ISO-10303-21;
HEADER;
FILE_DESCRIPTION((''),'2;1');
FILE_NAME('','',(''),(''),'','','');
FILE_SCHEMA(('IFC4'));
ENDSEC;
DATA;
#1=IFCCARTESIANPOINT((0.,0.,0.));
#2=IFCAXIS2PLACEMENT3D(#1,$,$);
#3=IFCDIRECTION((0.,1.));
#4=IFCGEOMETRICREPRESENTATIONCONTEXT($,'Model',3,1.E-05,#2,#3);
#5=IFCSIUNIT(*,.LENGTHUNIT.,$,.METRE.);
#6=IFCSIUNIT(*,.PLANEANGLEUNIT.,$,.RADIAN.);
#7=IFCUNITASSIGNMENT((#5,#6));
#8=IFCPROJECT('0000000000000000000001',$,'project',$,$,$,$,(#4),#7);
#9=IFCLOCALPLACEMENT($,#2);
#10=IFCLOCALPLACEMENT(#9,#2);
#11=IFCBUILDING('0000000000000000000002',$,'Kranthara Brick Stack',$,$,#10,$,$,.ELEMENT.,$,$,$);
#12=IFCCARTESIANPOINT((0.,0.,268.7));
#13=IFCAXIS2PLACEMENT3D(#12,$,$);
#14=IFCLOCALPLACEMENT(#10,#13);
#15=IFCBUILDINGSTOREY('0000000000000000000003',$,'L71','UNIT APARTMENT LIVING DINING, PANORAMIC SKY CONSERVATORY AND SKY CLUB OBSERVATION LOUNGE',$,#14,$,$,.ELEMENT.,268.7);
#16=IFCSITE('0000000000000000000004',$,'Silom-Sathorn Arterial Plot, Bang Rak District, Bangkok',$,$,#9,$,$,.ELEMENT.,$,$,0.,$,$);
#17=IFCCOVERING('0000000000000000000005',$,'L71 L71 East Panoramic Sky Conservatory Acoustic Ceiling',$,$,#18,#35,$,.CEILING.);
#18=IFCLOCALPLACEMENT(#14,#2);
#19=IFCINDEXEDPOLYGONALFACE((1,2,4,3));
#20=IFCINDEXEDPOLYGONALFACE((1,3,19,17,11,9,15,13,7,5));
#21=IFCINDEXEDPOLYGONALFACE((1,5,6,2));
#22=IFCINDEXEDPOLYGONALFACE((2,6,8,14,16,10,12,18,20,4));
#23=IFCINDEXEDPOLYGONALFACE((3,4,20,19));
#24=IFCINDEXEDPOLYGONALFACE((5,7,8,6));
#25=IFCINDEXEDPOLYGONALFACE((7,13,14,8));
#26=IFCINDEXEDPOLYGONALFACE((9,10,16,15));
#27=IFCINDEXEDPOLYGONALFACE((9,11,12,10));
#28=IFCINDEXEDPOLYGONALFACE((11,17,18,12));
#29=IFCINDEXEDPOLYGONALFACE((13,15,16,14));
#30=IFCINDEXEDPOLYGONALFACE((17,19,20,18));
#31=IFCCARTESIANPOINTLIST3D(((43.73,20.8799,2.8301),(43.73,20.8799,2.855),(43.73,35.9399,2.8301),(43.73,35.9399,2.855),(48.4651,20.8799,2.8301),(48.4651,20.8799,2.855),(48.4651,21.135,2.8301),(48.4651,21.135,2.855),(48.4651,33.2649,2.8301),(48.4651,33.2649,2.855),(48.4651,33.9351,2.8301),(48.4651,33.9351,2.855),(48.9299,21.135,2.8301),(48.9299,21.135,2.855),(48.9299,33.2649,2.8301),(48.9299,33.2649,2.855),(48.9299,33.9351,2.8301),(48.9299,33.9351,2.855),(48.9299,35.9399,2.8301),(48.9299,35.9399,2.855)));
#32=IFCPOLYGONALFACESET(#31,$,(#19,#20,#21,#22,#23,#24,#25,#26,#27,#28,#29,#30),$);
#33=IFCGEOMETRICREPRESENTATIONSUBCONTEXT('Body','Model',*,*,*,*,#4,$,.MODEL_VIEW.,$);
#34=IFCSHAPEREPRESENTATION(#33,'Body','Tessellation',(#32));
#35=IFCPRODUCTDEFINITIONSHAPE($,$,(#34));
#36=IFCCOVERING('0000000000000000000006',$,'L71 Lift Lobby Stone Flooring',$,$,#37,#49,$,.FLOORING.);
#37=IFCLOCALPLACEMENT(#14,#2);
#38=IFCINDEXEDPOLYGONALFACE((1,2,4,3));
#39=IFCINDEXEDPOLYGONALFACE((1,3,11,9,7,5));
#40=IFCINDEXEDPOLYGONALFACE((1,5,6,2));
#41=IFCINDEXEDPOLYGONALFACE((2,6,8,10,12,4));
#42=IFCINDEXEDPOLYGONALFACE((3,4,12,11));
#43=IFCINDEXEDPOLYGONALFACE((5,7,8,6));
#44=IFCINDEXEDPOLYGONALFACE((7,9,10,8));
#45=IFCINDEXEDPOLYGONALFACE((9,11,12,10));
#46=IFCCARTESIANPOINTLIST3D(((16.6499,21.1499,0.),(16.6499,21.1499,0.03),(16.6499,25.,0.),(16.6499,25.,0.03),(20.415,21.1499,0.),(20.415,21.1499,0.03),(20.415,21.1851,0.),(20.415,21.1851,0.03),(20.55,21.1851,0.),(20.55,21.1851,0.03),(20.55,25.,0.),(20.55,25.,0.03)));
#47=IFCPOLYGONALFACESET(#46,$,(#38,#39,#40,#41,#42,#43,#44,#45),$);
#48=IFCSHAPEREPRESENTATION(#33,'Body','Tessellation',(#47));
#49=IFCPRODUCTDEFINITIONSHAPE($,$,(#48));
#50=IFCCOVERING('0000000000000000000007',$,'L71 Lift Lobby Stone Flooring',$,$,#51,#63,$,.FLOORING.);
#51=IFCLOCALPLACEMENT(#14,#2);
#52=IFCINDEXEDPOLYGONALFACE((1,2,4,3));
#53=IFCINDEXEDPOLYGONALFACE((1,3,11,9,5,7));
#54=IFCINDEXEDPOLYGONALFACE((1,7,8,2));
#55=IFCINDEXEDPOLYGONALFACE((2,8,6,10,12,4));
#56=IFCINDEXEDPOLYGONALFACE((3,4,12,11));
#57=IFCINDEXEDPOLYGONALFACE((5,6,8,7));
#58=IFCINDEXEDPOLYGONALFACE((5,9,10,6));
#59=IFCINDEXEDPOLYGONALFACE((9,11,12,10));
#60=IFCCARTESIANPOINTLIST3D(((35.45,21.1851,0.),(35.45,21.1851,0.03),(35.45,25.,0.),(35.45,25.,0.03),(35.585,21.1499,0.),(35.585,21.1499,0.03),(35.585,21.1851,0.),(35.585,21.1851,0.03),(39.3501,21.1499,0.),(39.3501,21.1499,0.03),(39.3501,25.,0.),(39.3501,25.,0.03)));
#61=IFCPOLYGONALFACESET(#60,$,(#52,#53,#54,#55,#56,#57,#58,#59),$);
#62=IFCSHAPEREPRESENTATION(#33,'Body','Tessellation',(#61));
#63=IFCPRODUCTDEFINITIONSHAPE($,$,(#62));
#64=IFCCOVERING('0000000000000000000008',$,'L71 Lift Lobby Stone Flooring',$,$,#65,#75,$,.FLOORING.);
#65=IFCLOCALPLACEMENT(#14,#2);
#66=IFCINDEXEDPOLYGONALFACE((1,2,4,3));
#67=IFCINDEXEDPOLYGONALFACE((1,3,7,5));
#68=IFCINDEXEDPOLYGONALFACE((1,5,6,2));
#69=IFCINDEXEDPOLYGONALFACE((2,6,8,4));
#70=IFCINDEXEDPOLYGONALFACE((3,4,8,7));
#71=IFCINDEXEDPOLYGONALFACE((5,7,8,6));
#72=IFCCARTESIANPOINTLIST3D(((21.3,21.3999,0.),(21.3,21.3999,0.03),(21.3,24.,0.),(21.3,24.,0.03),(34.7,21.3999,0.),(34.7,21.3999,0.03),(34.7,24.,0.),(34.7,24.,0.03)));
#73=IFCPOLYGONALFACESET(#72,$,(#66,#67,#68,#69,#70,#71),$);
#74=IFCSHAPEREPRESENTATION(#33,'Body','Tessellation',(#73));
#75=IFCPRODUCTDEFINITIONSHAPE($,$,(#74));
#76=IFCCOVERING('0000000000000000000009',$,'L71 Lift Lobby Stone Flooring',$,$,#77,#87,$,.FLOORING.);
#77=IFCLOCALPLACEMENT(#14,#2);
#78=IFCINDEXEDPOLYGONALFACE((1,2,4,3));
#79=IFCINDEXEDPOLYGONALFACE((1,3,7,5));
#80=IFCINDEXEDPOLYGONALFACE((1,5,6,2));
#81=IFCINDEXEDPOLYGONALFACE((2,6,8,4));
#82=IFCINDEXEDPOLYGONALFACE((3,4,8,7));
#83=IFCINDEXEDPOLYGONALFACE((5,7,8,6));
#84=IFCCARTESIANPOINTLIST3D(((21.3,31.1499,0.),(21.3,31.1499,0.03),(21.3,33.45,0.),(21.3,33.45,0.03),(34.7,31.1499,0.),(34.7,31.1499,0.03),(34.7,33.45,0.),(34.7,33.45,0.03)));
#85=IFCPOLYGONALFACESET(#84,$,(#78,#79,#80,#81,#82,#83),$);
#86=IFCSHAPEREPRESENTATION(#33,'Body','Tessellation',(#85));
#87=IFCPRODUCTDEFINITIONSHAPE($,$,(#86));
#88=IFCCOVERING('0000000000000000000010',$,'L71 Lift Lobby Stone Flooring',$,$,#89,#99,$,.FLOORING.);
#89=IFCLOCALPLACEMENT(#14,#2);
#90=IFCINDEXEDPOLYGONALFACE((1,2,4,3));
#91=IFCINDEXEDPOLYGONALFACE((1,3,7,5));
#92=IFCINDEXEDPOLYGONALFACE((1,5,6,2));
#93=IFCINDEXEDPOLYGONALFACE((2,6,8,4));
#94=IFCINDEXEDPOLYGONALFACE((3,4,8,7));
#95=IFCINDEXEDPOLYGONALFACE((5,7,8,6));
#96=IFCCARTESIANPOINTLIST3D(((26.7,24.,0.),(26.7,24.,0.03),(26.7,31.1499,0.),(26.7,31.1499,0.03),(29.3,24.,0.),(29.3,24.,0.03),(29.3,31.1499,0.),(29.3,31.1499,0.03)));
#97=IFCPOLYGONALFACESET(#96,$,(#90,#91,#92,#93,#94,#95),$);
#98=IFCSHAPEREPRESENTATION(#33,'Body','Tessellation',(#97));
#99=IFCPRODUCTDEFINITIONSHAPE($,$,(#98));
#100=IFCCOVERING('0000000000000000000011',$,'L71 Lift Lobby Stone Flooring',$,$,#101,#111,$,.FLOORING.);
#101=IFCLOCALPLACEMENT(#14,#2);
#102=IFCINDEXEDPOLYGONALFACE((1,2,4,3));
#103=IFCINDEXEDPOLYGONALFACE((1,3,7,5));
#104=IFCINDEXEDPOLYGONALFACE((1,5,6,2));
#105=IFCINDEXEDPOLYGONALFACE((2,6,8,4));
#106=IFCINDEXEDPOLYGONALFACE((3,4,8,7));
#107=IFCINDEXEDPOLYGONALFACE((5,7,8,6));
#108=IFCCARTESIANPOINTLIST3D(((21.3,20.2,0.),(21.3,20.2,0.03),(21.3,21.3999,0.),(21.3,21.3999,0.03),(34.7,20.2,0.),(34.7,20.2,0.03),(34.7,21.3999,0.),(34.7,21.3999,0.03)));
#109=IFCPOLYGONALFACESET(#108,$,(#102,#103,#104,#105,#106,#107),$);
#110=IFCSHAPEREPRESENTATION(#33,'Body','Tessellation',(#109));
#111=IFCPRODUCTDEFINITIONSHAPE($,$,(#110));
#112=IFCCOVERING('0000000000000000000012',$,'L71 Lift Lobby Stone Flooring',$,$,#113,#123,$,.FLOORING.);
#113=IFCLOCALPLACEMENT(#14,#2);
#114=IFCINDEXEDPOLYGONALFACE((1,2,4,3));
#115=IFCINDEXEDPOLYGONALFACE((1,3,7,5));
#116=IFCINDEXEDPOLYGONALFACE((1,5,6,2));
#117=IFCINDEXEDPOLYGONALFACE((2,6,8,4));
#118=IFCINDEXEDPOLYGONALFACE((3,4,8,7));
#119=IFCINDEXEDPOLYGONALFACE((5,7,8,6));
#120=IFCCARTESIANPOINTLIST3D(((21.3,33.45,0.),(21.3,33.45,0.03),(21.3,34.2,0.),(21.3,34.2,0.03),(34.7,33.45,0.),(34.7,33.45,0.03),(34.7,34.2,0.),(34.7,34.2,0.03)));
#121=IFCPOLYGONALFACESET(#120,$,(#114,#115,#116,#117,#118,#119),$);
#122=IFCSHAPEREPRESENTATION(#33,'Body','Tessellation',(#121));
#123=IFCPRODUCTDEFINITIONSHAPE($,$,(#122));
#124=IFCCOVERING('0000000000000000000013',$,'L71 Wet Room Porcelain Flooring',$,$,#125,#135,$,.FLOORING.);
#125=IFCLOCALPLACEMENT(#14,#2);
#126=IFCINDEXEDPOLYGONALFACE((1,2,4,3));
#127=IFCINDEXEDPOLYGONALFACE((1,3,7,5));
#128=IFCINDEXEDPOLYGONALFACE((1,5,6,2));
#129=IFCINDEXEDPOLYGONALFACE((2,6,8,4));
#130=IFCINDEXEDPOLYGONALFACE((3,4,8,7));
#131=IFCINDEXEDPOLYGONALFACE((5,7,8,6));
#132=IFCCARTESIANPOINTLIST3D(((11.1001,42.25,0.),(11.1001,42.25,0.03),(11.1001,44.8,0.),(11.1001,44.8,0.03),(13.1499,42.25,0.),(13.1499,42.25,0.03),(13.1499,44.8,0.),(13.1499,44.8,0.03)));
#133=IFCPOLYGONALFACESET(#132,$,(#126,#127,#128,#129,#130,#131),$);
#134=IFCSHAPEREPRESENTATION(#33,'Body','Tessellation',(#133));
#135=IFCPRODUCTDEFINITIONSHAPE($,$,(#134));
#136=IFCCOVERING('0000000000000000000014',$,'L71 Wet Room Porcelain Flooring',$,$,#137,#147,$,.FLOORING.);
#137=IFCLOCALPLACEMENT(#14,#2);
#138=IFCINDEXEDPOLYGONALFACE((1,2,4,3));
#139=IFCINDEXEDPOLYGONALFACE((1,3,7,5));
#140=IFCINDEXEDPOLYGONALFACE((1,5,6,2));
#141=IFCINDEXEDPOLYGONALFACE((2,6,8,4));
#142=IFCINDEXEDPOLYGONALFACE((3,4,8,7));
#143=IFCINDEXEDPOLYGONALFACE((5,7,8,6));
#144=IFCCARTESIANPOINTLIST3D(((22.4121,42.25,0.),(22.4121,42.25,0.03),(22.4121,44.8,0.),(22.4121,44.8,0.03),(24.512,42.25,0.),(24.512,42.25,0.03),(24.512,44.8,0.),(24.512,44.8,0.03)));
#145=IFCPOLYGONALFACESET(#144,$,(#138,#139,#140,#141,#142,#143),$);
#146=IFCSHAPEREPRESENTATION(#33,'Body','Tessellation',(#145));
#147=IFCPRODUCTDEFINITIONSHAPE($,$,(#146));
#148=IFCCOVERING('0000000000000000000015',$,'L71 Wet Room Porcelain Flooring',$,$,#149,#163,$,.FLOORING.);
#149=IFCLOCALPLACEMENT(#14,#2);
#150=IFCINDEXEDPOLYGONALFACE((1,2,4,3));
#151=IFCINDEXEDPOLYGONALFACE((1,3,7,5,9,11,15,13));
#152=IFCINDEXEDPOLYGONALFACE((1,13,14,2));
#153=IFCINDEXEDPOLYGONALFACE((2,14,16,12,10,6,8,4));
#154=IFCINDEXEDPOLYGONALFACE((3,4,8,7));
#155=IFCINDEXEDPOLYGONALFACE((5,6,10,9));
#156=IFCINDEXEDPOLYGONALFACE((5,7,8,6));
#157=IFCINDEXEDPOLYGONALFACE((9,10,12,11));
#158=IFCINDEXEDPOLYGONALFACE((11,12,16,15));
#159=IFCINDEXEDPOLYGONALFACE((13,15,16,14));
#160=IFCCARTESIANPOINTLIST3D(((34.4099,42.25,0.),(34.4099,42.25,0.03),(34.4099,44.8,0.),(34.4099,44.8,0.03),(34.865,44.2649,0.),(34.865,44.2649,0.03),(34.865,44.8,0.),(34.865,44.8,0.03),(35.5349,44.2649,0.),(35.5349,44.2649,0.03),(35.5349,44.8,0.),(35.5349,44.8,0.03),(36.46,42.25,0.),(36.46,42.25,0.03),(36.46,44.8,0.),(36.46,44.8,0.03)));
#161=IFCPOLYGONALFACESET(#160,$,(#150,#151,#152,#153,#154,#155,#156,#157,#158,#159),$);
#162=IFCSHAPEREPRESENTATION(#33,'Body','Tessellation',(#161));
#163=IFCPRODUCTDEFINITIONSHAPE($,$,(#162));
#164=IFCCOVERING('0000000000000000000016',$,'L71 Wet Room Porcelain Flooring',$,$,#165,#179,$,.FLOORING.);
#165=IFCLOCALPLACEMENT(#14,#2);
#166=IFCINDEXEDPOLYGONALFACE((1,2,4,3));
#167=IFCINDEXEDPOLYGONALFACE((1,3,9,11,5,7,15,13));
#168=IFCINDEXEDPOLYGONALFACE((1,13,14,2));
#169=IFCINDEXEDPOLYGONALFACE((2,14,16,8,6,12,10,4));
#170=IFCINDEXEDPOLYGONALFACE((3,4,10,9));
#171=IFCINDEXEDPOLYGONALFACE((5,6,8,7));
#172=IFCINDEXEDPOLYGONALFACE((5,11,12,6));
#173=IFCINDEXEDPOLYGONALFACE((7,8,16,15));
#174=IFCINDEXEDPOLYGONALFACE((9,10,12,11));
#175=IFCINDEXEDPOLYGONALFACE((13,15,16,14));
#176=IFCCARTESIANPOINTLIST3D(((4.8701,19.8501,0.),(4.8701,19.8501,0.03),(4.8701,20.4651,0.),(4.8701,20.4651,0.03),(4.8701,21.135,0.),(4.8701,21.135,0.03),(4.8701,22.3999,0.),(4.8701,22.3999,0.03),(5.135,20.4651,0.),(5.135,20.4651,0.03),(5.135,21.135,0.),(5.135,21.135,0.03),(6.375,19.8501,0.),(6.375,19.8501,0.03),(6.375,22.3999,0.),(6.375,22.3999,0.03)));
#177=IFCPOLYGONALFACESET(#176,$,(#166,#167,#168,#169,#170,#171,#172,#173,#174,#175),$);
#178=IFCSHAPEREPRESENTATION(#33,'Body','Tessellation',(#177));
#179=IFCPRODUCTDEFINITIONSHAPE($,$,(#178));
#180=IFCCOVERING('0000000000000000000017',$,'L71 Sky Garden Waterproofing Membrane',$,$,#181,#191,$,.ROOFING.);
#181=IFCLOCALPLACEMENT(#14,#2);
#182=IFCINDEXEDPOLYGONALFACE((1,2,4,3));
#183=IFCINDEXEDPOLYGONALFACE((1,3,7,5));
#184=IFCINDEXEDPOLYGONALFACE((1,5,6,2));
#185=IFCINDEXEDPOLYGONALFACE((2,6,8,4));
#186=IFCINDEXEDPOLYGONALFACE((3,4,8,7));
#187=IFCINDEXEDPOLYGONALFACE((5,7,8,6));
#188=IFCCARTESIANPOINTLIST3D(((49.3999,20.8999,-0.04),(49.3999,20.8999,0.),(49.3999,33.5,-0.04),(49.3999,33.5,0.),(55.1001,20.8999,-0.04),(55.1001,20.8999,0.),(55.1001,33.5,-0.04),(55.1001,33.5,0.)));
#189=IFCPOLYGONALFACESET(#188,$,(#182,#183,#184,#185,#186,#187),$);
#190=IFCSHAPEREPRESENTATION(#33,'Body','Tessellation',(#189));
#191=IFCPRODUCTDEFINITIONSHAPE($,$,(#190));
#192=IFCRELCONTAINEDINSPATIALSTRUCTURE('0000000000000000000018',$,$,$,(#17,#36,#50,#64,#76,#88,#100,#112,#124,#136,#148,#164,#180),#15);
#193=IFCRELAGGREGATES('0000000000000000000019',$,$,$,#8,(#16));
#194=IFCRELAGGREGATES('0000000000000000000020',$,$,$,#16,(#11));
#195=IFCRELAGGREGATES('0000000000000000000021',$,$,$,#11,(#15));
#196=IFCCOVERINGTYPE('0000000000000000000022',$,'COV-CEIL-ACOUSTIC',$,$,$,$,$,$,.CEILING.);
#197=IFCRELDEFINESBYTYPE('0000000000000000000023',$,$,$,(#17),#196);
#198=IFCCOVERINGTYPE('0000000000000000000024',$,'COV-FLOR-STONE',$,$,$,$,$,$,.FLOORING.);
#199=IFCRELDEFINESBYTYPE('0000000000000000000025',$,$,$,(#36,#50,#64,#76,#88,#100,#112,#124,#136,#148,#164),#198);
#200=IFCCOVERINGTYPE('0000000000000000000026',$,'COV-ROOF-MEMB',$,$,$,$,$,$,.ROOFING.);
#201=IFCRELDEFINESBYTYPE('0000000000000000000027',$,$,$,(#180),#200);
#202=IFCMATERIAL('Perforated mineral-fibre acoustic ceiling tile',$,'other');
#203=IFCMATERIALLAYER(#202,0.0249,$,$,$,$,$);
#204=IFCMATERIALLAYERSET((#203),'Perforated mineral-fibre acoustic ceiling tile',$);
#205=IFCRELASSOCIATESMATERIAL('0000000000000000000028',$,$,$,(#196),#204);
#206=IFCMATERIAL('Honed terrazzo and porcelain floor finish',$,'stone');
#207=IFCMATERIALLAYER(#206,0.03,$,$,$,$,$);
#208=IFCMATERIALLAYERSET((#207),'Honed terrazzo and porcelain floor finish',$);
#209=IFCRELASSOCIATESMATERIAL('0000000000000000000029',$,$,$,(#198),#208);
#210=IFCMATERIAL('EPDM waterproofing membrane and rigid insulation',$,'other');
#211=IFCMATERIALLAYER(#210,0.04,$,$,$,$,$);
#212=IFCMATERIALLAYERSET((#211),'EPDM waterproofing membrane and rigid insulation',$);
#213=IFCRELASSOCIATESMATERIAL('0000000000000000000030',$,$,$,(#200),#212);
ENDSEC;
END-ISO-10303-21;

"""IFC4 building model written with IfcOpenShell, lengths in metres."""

from ifc_helpers import new_model, si_unit, direction, frame, origin, place, context, subcontext, project, spatial, polyline, outline, extrude, material, layer, layer_set, type_object, element, save


model = new_model("IFC4")

# Units and contexts
model_context = context("Model", 3, precision=1e-05, world=origin(), true_north=direction((0.0, 1.0)))
body_context = subcontext(model_context, "Body", "Model", "MODEL_VIEW")
ifc_project = project(units=[si_unit("LENGTHUNIT", "METRE"), si_unit("PLANEANGLEUNIT", "RADIAN")], contexts=[model_context])

# Site, building, storey
site_placement = place(None, origin())
site = spatial("IfcSite", under=ifc_project, at=site_placement, Name="Silom-Sathorn Arterial Plot, Bang Rak District, Bangkok", CompositionType="ELEMENT", RefElevation=0.0)
building_placement = place(site_placement, origin())
building = spatial("IfcBuilding", under=site, at=building_placement, Name="Kranthara Brick Stack", CompositionType="ELEMENT")
storey_placement = place(building_placement, frame((0.0, 0.0, 268.7)))
storey = spatial("IfcBuildingStorey", under=building, at=storey_placement, Name="L71", Description="UNIT APARTMENT LIVING DINING, PANORAMIC SKY CONSERVATORY AND SKY CLUB OBSERVATION LOUNGE", CompositionType="ELEMENT", Elevation=268.7)

# Coverings
ifc_material_1 = material(Name="Perforated mineral-fibre acoustic ceiling tile", Category="other")
ifc_layer_1 = layer(ifc_material_1, 0.0249)
ifc_layer_set_1 = layer_set([ifc_layer_1], Name="Perforated mineral-fibre acoustic ceiling tile")
covering_type_1 = type_object("IfcCoveringType", Name="COV-CEIL-ACOUSTIC", PredefinedType="CEILING", material=ifc_layer_set_1)
covering_1_placement = place(storey_placement, frame((0.0, 0.0, 2.8301)))
element("IfcCovering", 1, at=covering_1_placement, inside=storey, type_object=covering_type_1, Name="L71 L71 East Panoramic Sky Conservatory Acoustic Ceiling", PredefinedType="CEILING", context=body_context, shape_type="SweptSolid", body=[
    extrude(outline(polyline([(43.73, 35.9399), (48.9299, 35.9399), (48.9299, 33.9351), (48.4651, 33.9351), (48.4651, 33.2649), (48.9299, 33.2649), (48.9299, 21.135), (48.4651, 21.135), (48.4651, 20.8799), (43.73, 20.8799), (43.73, 35.9399)])), origin(), (0.0, 0.0, 1.0), 0.0249),
])
ifc_material_2 = material(Name="Honed terrazzo and porcelain floor finish", Category="stone")
ifc_layer_2 = layer(ifc_material_2, 0.03)
ifc_layer_set_2 = layer_set([ifc_layer_2], Name="Honed terrazzo and porcelain floor finish")
covering_type_2 = type_object("IfcCoveringType", Name="COV-FLOR-STONE", PredefinedType="FLOORING", material=ifc_layer_set_2)
covering_2_placement = place(storey_placement, origin())
element("IfcCovering", 2, at=covering_2_placement, inside=storey, type_object=covering_type_2, Name="L71 Lift Lobby Stone Flooring", PredefinedType="FLOORING", context=body_context, shape_type="SweptSolid", body=[
    extrude(outline(polyline([(16.6499, 21.1499), (16.6499, 25.0), (20.55, 25.0), (20.55, 21.1851), (20.415, 21.1851), (20.415, 21.1499), (16.6499, 21.1499)])), origin(), (0.0, 0.0, 1.0), 0.03),
])
covering_3_placement = place(storey_placement, origin())
element("IfcCovering", 3, at=covering_3_placement, inside=storey, type_object=covering_type_2, Name="L71 Lift Lobby Stone Flooring", PredefinedType="FLOORING", context=body_context, shape_type="SweptSolid", body=[
    extrude(outline(polyline([(35.45, 25.0), (39.3501, 25.0), (39.3501, 21.1499), (35.585, 21.1499), (35.585, 21.1851), (35.45, 21.1851), (35.45, 25.0)])), origin(), (0.0, 0.0, 1.0), 0.03),
])
covering_4_placement = place(storey_placement, origin())
element("IfcCovering", 4, at=covering_4_placement, inside=storey, type_object=covering_type_2, Name="L71 Lift Lobby Stone Flooring", PredefinedType="FLOORING", context=body_context, shape_type="SweptSolid", body=[
    extrude(outline(polyline([(34.7, 21.3999), (34.7, 24.0), (21.3, 24.0), (21.3, 21.3999), (34.7, 21.3999)])), origin(), (0.0, 0.0, 1.0), 0.03),
])
covering_5_placement = place(storey_placement, origin())
element("IfcCovering", 5, at=covering_5_placement, inside=storey, type_object=covering_type_2, Name="L71 Lift Lobby Stone Flooring", PredefinedType="FLOORING", context=body_context, shape_type="SweptSolid", body=[
    extrude(outline(polyline([(34.7, 31.1499), (34.7, 33.45), (21.3, 33.45), (21.3, 31.1499), (34.7, 31.1499)])), origin(), (0.0, 0.0, 1.0), 0.03),
])
covering_6_placement = place(storey_placement, origin())
element("IfcCovering", 6, at=covering_6_placement, inside=storey, type_object=covering_type_2, Name="L71 Lift Lobby Stone Flooring", PredefinedType="FLOORING", context=body_context, shape_type="SweptSolid", body=[
    extrude(outline(polyline([(29.3, 24.0), (26.7, 24.0), (26.7, 31.1499), (29.3, 31.1499), (29.3, 24.0)])), origin(), (0.0, 0.0, 1.0), 0.03),
])
covering_7_placement = place(storey_placement, origin())
element("IfcCovering", 7, at=covering_7_placement, inside=storey, type_object=covering_type_2, Name="L71 Lift Lobby Stone Flooring", PredefinedType="FLOORING", context=body_context, shape_type="SweptSolid", body=[
    extrude(outline(polyline([(34.7, 20.2), (21.3, 20.2), (21.3, 21.3999), (34.7, 21.3999), (34.7, 20.2)])), origin(), (0.0, 0.0, 1.0), 0.03),
])
covering_8_placement = place(storey_placement, origin())
element("IfcCovering", 8, at=covering_8_placement, inside=storey, type_object=covering_type_2, Name="L71 Lift Lobby Stone Flooring", PredefinedType="FLOORING", context=body_context, shape_type="SweptSolid", body=[
    extrude(outline(polyline([(34.7, 33.45), (21.3, 33.45), (21.3, 34.2), (34.7, 34.2), (34.7, 33.45)])), origin(), (0.0, 0.0, 1.0), 0.03),
])
covering_9_placement = place(storey_placement, origin())
element("IfcCovering", 9, at=covering_9_placement, inside=storey, type_object=covering_type_2, Name="L71 Wet Room Porcelain Flooring", PredefinedType="FLOORING", context=body_context, shape_type="SweptSolid", body=[
    extrude(outline(polyline([(13.1499, 42.25), (13.1499, 44.8), (11.1001, 44.8), (11.1001, 42.25), (13.1499, 42.25)])), origin(), (0.0, 0.0, 1.0), 0.03),
])
covering_10_placement = place(storey_placement, origin())
element("IfcCovering", 10, at=covering_10_placement, inside=storey, type_object=covering_type_2, Name="L71 Wet Room Porcelain Flooring", PredefinedType="FLOORING", context=body_context, shape_type="SweptSolid", body=[
    extrude(outline(polyline([(24.512, 42.25), (24.512, 44.8), (22.4121, 44.8), (22.4121, 42.25), (24.512, 42.25)])), origin(), (0.0, 0.0, 1.0), 0.03),
])
covering_11_placement = place(storey_placement, origin())
element("IfcCovering", 11, at=covering_11_placement, inside=storey, type_object=covering_type_2, Name="L71 Wet Room Porcelain Flooring", PredefinedType="FLOORING", context=body_context, shape_type="SweptSolid", body=[
    extrude(outline(polyline([(36.46, 44.8), (36.46, 42.25), (34.4099, 42.25), (34.4099, 44.8), (34.865, 44.8), (34.865, 44.2649), (35.5349, 44.2649), (35.5349, 44.8), (36.46, 44.8)])), origin(), (0.0, 0.0, 1.0), 0.03),
])
covering_12_placement = place(storey_placement, origin())
element("IfcCovering", 12, at=covering_12_placement, inside=storey, type_object=covering_type_2, Name="L71 Wet Room Porcelain Flooring", PredefinedType="FLOORING", context=body_context, shape_type="SweptSolid", body=[
    extrude(outline(polyline([(4.8701, 22.3999), (6.375, 22.3999), (6.375, 19.8501), (4.8701, 19.8501), (4.8701, 20.4651), (5.135, 20.4651), (5.135, 21.135), (4.8701, 21.135), (4.8701, 22.3999)])), origin(), (0.0, 0.0, 1.0), 0.03),
])
ifc_material_3 = material(Name="EPDM waterproofing membrane and rigid insulation", Category="other")
ifc_layer_3 = layer(ifc_material_3, 0.04)
ifc_layer_set_3 = layer_set([ifc_layer_3], Name="EPDM waterproofing membrane and rigid insulation")
covering_type_3 = type_object("IfcCoveringType", Name="COV-ROOF-MEMB", PredefinedType="ROOFING", material=ifc_layer_set_3)
covering_13_placement = place(storey_placement, frame((0.0, 0.0, -0.04)))
element("IfcCovering", 13, at=covering_13_placement, inside=storey, type_object=covering_type_3, Name="L71 Sky Garden Waterproofing Membrane", PredefinedType="ROOFING", context=body_context, shape_type="SweptSolid", body=[
    extrude(outline(polyline([(49.3999, 20.8999), (55.1001, 20.8999), (55.1001, 33.5), (49.3999, 33.5), (49.3999, 20.8999)])), origin(), (0.0, 0.0, 1.0), 0.04),
])

save(model, "model.ifc")
